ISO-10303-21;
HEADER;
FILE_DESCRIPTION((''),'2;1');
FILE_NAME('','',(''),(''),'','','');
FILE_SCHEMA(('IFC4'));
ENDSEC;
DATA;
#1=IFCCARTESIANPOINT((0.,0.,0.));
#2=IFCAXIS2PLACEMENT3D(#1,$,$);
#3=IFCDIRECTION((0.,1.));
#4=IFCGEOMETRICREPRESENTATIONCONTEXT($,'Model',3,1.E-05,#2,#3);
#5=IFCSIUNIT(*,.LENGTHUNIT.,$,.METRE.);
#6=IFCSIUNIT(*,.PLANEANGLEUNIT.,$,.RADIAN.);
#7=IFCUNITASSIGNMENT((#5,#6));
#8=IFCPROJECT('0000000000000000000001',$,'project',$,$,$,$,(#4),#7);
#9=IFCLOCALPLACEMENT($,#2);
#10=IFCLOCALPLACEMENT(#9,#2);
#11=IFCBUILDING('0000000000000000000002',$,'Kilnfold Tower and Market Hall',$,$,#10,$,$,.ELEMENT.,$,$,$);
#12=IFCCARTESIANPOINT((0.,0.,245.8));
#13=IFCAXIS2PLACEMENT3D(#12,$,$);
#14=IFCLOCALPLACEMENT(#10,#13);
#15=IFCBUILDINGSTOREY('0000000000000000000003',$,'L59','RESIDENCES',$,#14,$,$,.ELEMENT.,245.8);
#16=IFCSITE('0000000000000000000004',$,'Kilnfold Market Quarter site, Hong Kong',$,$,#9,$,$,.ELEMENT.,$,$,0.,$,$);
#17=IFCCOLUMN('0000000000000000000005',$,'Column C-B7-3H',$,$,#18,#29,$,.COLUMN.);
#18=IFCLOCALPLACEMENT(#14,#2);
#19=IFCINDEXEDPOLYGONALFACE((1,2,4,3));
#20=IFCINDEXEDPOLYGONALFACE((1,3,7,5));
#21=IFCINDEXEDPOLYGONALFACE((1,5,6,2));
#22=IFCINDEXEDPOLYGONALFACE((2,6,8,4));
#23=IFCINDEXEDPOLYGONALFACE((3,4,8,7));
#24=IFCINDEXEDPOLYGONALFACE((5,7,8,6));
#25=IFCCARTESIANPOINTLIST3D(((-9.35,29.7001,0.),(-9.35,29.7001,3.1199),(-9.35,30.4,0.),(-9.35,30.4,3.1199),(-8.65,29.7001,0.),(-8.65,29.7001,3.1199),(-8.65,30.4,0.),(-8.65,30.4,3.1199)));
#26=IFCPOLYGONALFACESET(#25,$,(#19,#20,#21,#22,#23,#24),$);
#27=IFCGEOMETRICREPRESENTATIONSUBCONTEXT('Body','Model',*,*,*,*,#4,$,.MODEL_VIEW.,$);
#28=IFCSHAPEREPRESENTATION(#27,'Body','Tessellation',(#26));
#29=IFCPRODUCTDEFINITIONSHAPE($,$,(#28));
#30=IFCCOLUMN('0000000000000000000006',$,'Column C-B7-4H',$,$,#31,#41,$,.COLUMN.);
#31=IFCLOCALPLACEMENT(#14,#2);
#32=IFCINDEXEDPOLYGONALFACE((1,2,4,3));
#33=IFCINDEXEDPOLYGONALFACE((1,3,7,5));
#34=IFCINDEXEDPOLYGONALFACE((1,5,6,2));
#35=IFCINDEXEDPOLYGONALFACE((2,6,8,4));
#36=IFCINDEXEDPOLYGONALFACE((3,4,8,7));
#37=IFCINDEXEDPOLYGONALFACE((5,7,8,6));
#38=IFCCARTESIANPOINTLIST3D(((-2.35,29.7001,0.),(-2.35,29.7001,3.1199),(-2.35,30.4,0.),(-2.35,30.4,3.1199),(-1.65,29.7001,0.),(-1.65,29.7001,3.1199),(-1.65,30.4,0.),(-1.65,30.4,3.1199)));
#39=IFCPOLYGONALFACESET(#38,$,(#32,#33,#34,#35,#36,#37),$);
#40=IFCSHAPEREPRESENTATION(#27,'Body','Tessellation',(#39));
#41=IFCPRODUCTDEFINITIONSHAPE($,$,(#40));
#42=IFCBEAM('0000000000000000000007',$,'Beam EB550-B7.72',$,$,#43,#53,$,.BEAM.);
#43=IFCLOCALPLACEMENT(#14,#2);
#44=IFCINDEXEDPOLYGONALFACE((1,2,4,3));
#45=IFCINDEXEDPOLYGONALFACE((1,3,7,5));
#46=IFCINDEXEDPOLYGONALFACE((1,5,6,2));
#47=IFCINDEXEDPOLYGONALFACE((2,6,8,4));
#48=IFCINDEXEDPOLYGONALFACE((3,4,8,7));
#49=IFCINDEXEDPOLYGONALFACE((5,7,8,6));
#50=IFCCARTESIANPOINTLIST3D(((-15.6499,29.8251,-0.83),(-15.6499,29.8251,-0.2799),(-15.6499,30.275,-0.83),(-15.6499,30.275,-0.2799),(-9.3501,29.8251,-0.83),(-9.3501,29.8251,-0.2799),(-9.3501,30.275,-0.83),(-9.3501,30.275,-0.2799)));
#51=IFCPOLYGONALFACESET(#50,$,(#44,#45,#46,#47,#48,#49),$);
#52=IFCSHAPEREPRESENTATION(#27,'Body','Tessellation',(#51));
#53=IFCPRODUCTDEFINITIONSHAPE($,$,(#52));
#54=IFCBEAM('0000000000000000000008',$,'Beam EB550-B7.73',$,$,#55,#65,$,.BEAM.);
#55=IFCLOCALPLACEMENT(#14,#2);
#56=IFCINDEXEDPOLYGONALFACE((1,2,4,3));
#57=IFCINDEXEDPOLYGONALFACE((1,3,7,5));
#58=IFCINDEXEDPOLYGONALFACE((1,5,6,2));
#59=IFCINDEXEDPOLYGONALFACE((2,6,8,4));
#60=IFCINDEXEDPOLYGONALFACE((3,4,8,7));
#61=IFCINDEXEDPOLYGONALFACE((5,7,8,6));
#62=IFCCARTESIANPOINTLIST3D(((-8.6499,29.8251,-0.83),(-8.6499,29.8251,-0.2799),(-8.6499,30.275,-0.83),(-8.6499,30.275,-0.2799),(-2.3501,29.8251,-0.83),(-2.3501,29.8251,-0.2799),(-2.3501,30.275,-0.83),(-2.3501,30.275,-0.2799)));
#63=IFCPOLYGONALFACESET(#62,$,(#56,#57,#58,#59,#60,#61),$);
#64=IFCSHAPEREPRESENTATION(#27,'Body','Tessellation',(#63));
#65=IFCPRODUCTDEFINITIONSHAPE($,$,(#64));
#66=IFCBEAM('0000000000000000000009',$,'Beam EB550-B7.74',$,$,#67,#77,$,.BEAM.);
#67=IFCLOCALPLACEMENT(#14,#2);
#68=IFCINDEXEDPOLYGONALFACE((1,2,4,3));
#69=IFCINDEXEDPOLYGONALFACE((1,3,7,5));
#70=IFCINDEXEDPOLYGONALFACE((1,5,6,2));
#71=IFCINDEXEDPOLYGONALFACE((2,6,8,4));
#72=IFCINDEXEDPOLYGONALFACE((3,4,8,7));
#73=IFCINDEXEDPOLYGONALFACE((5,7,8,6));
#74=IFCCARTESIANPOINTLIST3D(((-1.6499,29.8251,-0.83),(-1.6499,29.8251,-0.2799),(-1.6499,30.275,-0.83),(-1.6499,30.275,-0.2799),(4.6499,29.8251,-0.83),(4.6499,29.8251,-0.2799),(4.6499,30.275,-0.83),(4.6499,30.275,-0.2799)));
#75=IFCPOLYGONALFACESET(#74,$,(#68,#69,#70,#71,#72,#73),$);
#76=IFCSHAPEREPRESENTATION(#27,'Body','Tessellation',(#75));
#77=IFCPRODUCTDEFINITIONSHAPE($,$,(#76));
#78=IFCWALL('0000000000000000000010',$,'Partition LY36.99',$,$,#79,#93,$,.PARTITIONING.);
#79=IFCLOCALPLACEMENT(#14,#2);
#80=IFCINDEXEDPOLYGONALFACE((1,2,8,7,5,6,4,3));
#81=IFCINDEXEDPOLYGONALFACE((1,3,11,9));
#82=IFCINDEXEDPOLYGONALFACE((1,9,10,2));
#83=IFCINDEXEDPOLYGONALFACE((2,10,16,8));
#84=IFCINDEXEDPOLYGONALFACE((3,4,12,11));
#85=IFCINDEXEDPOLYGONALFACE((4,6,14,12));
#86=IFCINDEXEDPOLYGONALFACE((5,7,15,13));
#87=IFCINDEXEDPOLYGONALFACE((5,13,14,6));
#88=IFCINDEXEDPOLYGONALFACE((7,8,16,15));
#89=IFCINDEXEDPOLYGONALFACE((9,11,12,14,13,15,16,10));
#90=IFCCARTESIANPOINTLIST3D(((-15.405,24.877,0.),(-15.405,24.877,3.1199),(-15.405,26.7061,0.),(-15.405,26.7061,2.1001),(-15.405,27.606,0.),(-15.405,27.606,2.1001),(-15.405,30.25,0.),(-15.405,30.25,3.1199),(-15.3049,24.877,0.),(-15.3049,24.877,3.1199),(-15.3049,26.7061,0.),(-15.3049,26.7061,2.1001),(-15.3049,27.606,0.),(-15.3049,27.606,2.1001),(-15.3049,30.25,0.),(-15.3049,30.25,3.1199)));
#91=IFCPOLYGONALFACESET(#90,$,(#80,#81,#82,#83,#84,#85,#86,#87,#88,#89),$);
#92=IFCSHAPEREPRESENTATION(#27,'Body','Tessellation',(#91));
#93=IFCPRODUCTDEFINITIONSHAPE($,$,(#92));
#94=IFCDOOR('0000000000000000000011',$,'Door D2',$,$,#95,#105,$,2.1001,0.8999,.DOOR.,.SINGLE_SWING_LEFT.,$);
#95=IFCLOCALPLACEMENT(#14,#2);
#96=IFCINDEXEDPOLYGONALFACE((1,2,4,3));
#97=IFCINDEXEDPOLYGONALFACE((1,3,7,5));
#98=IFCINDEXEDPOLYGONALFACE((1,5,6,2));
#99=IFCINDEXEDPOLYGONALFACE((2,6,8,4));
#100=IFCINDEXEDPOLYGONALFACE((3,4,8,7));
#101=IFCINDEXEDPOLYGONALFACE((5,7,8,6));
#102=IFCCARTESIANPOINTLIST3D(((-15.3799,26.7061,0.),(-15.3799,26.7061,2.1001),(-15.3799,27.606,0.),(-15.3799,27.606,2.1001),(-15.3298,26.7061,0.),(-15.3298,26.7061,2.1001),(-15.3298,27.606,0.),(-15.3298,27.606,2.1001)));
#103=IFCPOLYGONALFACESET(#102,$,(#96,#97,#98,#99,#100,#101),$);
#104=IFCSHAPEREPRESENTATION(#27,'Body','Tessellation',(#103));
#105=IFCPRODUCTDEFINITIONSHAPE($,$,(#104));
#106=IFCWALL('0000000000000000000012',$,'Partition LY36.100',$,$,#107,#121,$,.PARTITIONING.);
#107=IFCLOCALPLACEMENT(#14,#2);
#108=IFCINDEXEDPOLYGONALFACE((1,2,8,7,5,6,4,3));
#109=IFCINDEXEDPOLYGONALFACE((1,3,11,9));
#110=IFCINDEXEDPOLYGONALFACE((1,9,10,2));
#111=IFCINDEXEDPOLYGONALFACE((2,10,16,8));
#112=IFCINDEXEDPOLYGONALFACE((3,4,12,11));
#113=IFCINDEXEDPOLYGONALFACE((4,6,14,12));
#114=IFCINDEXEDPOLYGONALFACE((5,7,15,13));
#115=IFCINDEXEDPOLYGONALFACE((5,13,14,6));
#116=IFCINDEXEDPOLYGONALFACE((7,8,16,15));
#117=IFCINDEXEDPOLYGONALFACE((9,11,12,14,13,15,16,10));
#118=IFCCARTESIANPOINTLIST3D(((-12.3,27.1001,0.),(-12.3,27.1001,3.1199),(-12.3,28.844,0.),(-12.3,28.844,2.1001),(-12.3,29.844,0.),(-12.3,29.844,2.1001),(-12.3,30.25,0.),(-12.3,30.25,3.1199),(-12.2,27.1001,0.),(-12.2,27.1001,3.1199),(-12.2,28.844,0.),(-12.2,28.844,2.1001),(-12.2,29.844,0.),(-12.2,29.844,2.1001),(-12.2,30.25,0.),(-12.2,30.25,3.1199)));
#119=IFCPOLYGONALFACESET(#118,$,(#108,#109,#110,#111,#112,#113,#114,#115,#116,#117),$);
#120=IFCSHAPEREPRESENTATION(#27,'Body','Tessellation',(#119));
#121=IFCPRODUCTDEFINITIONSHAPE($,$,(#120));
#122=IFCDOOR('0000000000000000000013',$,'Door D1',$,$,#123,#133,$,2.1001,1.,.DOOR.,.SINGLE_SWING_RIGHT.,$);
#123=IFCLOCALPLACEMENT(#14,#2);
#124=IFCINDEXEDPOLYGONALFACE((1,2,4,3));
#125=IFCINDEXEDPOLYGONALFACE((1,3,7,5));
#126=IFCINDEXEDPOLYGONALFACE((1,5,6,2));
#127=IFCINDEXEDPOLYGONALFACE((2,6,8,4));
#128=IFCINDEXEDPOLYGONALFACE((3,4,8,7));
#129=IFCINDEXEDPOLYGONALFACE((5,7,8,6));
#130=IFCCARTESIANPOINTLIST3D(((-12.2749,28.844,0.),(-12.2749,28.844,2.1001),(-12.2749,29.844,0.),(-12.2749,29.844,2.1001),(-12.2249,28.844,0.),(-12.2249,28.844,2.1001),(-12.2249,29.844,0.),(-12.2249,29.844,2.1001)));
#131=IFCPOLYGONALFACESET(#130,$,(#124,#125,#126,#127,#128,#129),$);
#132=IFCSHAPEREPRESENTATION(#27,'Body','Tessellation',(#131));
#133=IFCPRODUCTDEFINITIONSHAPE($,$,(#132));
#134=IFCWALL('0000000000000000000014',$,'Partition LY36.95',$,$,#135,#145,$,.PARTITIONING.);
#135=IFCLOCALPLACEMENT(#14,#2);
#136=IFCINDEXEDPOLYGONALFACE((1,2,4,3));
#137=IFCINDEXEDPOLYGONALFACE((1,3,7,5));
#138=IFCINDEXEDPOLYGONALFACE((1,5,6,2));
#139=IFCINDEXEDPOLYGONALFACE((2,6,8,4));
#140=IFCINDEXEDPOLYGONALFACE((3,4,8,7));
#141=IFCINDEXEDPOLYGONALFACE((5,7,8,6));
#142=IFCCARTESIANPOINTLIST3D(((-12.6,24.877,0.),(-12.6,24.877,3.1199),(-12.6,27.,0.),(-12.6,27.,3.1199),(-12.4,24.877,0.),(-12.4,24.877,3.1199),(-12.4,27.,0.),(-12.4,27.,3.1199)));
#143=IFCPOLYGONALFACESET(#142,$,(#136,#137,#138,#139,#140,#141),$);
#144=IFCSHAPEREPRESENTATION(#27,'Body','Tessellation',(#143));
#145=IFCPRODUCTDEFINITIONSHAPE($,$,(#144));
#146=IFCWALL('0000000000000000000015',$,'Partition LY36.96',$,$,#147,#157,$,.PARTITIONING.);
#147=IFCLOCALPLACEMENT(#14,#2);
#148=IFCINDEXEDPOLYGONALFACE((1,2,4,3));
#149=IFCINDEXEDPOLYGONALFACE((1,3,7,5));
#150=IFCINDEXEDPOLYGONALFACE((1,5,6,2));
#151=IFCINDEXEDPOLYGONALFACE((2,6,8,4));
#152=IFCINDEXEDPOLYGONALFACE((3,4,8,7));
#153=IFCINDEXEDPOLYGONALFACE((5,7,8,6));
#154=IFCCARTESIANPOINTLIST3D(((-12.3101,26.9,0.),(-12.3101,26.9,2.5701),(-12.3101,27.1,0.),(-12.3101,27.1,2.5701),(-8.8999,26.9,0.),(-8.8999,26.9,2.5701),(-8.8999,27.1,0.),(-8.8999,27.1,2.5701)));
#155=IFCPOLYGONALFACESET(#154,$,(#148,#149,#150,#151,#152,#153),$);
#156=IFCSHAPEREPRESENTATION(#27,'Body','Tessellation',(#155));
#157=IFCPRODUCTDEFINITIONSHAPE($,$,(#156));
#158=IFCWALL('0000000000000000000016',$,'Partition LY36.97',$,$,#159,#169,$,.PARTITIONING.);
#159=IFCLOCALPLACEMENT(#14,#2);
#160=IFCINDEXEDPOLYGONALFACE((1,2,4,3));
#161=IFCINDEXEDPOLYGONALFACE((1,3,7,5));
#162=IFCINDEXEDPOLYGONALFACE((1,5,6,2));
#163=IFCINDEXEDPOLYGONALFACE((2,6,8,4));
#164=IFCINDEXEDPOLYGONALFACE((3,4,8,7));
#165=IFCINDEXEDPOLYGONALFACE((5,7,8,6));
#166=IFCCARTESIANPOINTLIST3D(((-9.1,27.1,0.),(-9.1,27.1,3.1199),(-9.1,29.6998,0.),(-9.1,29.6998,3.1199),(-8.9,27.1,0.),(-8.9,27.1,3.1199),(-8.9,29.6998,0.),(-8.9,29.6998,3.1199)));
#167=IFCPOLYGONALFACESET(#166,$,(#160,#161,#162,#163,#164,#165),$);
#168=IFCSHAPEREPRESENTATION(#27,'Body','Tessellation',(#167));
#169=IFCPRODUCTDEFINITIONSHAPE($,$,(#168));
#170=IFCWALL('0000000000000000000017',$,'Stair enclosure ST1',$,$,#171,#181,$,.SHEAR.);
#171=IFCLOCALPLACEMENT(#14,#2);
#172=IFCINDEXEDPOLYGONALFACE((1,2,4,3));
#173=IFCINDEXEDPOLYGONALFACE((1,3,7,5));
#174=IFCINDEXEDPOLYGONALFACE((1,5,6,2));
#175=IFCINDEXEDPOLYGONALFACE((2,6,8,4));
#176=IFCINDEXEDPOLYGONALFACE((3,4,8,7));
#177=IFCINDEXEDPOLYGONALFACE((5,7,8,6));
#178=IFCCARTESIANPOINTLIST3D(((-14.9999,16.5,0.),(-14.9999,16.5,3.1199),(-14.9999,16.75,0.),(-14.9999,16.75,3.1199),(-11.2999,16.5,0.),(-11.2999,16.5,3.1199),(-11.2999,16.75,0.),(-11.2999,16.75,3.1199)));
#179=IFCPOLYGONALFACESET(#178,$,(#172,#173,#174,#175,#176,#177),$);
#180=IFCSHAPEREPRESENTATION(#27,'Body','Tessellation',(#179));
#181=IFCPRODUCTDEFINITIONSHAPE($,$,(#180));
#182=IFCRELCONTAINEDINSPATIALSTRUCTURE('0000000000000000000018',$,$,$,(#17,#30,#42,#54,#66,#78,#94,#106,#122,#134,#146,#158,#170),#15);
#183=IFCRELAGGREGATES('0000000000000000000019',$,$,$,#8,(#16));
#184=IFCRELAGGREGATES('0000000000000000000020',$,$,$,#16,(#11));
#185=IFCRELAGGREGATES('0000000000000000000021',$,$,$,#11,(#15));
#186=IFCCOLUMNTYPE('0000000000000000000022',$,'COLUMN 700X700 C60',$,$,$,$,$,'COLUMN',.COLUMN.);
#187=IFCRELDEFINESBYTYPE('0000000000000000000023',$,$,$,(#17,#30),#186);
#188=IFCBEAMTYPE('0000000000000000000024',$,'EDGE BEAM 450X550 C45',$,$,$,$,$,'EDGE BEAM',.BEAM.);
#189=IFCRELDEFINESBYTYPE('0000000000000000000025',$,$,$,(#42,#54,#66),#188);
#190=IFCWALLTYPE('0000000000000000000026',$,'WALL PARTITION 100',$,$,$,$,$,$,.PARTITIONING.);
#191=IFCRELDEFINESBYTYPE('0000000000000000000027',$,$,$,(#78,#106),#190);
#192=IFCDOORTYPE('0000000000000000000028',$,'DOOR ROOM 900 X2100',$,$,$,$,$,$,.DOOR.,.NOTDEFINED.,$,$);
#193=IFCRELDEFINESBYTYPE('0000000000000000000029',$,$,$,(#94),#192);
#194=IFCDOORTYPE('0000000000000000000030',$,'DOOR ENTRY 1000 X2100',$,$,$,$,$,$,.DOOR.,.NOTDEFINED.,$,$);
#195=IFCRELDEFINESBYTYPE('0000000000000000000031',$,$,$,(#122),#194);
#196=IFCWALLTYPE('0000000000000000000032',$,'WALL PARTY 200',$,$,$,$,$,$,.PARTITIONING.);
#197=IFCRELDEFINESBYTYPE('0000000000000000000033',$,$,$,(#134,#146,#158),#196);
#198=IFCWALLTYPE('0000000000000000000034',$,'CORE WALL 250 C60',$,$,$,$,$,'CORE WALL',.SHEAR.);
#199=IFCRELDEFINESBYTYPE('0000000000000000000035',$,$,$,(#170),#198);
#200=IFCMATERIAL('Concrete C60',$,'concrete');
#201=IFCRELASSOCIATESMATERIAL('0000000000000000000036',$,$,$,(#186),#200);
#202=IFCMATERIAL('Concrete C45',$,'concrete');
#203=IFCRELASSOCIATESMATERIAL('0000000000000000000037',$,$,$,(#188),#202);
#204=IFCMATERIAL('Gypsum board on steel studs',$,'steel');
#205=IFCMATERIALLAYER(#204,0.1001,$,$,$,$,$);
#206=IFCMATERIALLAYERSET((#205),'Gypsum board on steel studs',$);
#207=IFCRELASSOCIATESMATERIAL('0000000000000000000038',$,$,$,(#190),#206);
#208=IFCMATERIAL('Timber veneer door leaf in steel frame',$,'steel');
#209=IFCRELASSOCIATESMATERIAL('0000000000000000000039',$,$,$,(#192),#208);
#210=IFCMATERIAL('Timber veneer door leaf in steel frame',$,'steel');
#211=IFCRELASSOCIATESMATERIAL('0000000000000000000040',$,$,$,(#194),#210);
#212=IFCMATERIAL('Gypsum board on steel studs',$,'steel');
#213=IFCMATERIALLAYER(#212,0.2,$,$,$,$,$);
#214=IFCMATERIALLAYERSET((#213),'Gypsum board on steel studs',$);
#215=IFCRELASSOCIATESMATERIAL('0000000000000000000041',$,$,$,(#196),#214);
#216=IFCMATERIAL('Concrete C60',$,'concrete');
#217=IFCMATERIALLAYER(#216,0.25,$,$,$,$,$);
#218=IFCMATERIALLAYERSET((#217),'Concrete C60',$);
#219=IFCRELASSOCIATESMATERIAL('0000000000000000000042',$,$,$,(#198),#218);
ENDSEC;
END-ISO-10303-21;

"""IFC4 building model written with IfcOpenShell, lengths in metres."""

from ifc_helpers import new_model, si_unit, direction, frame, frame_2d, origin, origin_2d, place, context, subcontext, project, spatial, rectangle, extrude, source, transform, mapped, material, layer, layer_set, material_profile, profile_set, type_object, element, fill, save


model = new_model("IFC4")

# Units and contexts
model_context = context("Model", 3, precision=1e-05, world=origin(), true_north=direction((0.0, 1.0)))
body_context = subcontext(model_context, "Body", "Model", "MODEL_VIEW")
ifc_project = project(units=[si_unit("LENGTHUNIT", "METRE"), si_unit("PLANEANGLEUNIT", "RADIAN")], contexts=[model_context])

# Site, building, storey
site_placement = place(None, origin())
site = spatial("IfcSite", under=ifc_project, at=site_placement, Name="Kilnfold Market Quarter site, Hong Kong", CompositionType="ELEMENT", RefElevation=0.0)
building_placement = place(site_placement, origin())
building = spatial("IfcBuilding", under=site, at=building_placement, Name="Kilnfold Tower and Market Hall", CompositionType="ELEMENT")
storey_placement = place(building_placement, frame((0.0, 0.0, 245.8)))
storey = spatial("IfcBuildingStorey", under=building, at=storey_placement, Name="L59", Description="RESIDENCES", CompositionType="ELEMENT", Elevation=245.8)

# Columns
ifc_material_1 = material(Name="Concrete C60", Category="concrete")
ifc_material_profile_1 = material_profile(ifc_material_1, rectangle(XDim=0.7, YDim=0.7, at=origin_2d()), Name="RC 700x700")
ifc_profile_set_1 = profile_set([ifc_material_profile_1], Name="Concrete C60")
column_type = type_object("IfcColumnType", Name="COLUMN 700X700 C60", ElementType="COLUMN", PredefinedType="COLUMN", material=ifc_profile_set_1)
shared_shape_1 = source(origin(), body_context, "Body", "SweptSolid", [
    extrude(rectangle(XDim=0.7, YDim=0.7, at=origin_2d()), origin(), (0.0, 0.0, 1.0), 3.1199),
])
for number, where, z_axis, x_axis, name in (
    (1, (-9.0, 30.05, 0.0), (0.0, 0.0, 1.0), (1.0, 0.0, 0.0), "Column C-B7-3H"),
    (2, (-2.0, 30.05, 0.0), (0.0, 0.0, 1.0), (1.0, 0.0, 0.0), "Column C-B7-4H"),
):
    element("IfcColumn", number, at=place(storey_placement, frame(where, z_axis=z_axis, x_axis=x_axis)), inside=storey, type_object=column_type, Name=name, PredefinedType="COLUMN", context=body_context, shape_type="MappedRepresentation", body=[
        mapped(shared_shape_1, transform((0.0, 0.0, 0.0))),
    ])

# Beams
ifc_material_2 = material(Name="Concrete C45", Category="concrete")
ifc_material_profile_2 = material_profile(ifc_material_2, rectangle(XDim=0.45, YDim=0.55, at=origin_2d()), Name="RC 450x550")
ifc_profile_set_2 = profile_set([ifc_material_profile_2], Name="Concrete C45")
beam_type = type_object("IfcBeamType", Name="EDGE BEAM 450X550 C45", ElementType="EDGE BEAM", PredefinedType="BEAM", material=ifc_profile_set_2)
shared_shape_2 = source(origin(), body_context, "Body", "SweptSolid", [
    extrude(rectangle(XDim=0.45, YDim=0.55, at=origin_2d()), origin(), (0.0, 0.0, 1.0), 6.2998),
])
for number, where, z_axis, x_axis, name in (
    (3, (-15.6499, 30.05, -0.5549), (1.0, 0.0, 0.0), (0.0, 1.0, 0.0), "Beam EB550-B7.72"),
    (4, (-8.6499, 30.05, -0.5549), (1.0, 0.0, 0.0), (0.0, 1.0, 0.0), "Beam EB550-B7.73"),
    (5, (-1.6499, 30.05, -0.5549), (1.0, 0.0, 0.0), (0.0, 1.0, 0.0), "Beam EB550-B7.74"),
):
    element("IfcBeam", number, at=place(storey_placement, frame(where, z_axis=z_axis, x_axis=x_axis)), inside=storey, type_object=beam_type, Name=name, PredefinedType="BEAM", context=body_context, shape_type="MappedRepresentation", body=[
        mapped(shared_shape_2, transform((0.0, 0.0, 0.0))),
    ])

# Walls, openings, doors
ifc_material_3 = material(Name="Gypsum board on steel studs", Category="steel")
ifc_layer_1 = layer(ifc_material_3, 0.1001)
ifc_layer_set_1 = layer_set([ifc_layer_1], Name="Gypsum board on steel studs")
wall_type_1 = type_object("IfcWallType", Name="WALL PARTITION 100", PredefinedType="PARTITIONING", material=ifc_layer_set_1)
wall_1_placement = place(storey_placement, frame((-15.355, 24.877, 0.0), z_axis=(0.0, 0.0, 1.0), x_axis=(0.0, 1.0, 0.0)))
wall_1 = element("IfcWall", 6, at=wall_1_placement, inside=storey, type_object=wall_type_1, Name="Partition LY36.99", PredefinedType="PARTITIONING", context=body_context, shape_type="SweptSolid", body=[
    extrude(rectangle(XDim=5.373, YDim=0.1001, at=frame_2d((2.6865, 0.0))), origin(), (0.0, 0.0, 1.0), 3.1199),
])
opening_1_placement = place(wall_1_placement, frame((1.8291, 0.0, 0.0)))
opening_1 = element("IfcOpeningElement", 7, at=opening_1_placement, cuts=wall_1, PredefinedType="OPENING", context=body_context, shape_type="SweptSolid", body=[
    extrude(rectangle(XDim=0.8999, YDim=2.1001, at=frame_2d((0.45, 1.05))), frame((0.0, 0.0601, 0.0), z_axis=(0.0, -1.0, 0.0), x_axis=(1.0, 0.0, 0.0)), (0.0, 0.0, 1.0), 0.1201),
])
ifc_material_4 = material(Name="Timber veneer door leaf in steel frame", Category="steel")
door_type_1 = type_object("IfcDoorType", Name="DOOR ROOM 900 X2100", OperationType="NOTDEFINED", PredefinedType="DOOR", material=ifc_material_4)
door_1_placement = place(opening_1_placement, origin())
door_1 = element("IfcDoor", 8, at=door_1_placement, inside=storey, type_object=door_type_1, Name="Door D2", OperationType="SINGLE_SWING_LEFT", OverallHeight=2.1001, OverallWidth=0.8999, PredefinedType="DOOR", context=body_context, shape_type="SweptSolid", body=[
    extrude(rectangle(XDim=0.8999, YDim=2.1001, at=frame_2d((0.45, 1.05))), frame((0.0, 0.0249, 0.0), z_axis=(0.0, -1.0, 0.0), x_axis=(1.0, 0.0, 0.0)), (0.0, 0.0, 1.0), 0.05),
])
fill(opening_1, door_1)
wall_2_placement = place(storey_placement, frame((-12.25, 27.1001, 0.0), z_axis=(0.0, 0.0, 1.0), x_axis=(0.0, 1.0, 0.0)))
wall_2 = element("IfcWall", 9, at=wall_2_placement, inside=storey, type_object=wall_type_1, Name="Partition LY36.100", PredefinedType="PARTITIONING", context=body_context, shape_type="SweptSolid", body=[
    extrude(rectangle(XDim=3.1499, YDim=0.1001, at=frame_2d((1.575, 0.0))), origin(), (0.0, 0.0, 1.0), 3.1199),
])
opening_2_placement = place(wall_2_placement, frame((1.7439, 0.0, 0.0)))
opening_2 = element("IfcOpeningElement", 10, at=opening_2_placement, cuts=wall_2, PredefinedType="OPENING", context=body_context, shape_type="SweptSolid", body=[
    extrude(rectangle(XDim=1.0, YDim=2.1001, at=frame_2d((0.5, 1.05))), frame((0.0, 0.0601, 0.0), z_axis=(0.0, -1.0, 0.0), x_axis=(1.0, 0.0, 0.0)), (0.0, 0.0, 1.0), 0.1201),
])
ifc_material_5 = material(Name="Timber veneer door leaf in steel frame", Category="steel")
door_type_2 = type_object("IfcDoorType", Name="DOOR ENTRY 1000 X2100", OperationType="NOTDEFINED", PredefinedType="DOOR", material=ifc_material_5)
door_2_placement = place(opening_2_placement, origin())
door_2 = element("IfcDoor", 11, at=door_2_placement, inside=storey, type_object=door_type_2, Name="Door D1", OperationType="SINGLE_SWING_RIGHT", OverallHeight=2.1001, OverallWidth=1.0, PredefinedType="DOOR", context=body_context, shape_type="SweptSolid", body=[
    extrude(rectangle(XDim=1.0, YDim=2.1001, at=frame_2d((0.5, 1.05))), frame((0.0, 0.0249, 0.0), z_axis=(0.0, -1.0, 0.0), x_axis=(1.0, 0.0, 0.0)), (0.0, 0.0, 1.0), 0.05),
])
fill(opening_2, door_2)

# Walls
ifc_material_6 = material(Name="Gypsum board on steel studs", Category="steel")
ifc_layer_2 = layer(ifc_material_6, 0.2)
ifc_layer_set_2 = layer_set([ifc_layer_2], Name="Gypsum board on steel studs")
wall_type_2 = type_object("IfcWallType", Name="WALL PARTY 200", PredefinedType="PARTITIONING", material=ifc_layer_set_2)
wall_3_placement = place(storey_placement, frame((-12.5, 27.0, 0.0), z_axis=(0.0, 0.0, 1.0), x_axis=(0.0, -1.0, 0.0)))
element("IfcWall", 12, at=wall_3_placement, inside=storey, type_object=wall_type_2, Name="Partition LY36.95", PredefinedType="PARTITIONING", context=body_context, shape_type="SweptSolid", body=[
    extrude(rectangle(XDim=2.123, YDim=0.2, at=frame_2d((1.0615, 0.0))), origin(), (0.0, 0.0, 1.0), 3.1199),
])
wall_4_placement = place(storey_placement, frame((-8.8999, 27.0, 0.0), z_axis=(0.0, 0.0, 1.0), x_axis=(-1.0, 0.0, 0.0)))
element("IfcWall", 13, at=wall_4_placement, inside=storey, type_object=wall_type_2, Name="Partition LY36.96", PredefinedType="PARTITIONING", context=body_context, shape_type="SweptSolid", body=[
    extrude(rectangle(XDim=3.4102, YDim=0.2, at=frame_2d((1.7051, 0.0))), origin(), (0.0, 0.0, 1.0), 2.5701),
])
wall_5_placement = place(storey_placement, frame((-9.0, 27.1001, 0.0), z_axis=(0.0, 0.0, 1.0), x_axis=(0.0, 1.0, 0.0)))
element("IfcWall", 14, at=wall_5_placement, inside=storey, type_object=wall_type_2, Name="Partition LY36.97", PredefinedType="PARTITIONING", context=body_context, shape_type="SweptSolid", body=[
    extrude(rectangle(XDim=2.5999, YDim=0.2, at=frame_2d((1.2998, 0.0))), origin(), (0.0, 0.0, 1.0), 3.1199),
])
ifc_material_7 = material(Name="Concrete C60", Category="concrete")
ifc_layer_3 = layer(ifc_material_7, 0.25)
ifc_layer_set_3 = layer_set([ifc_layer_3], Name="Concrete C60")
wall_type_3 = type_object("IfcWallType", Name="CORE WALL 250 C60", ElementType="CORE WALL", PredefinedType="SHEAR", material=ifc_layer_set_3)
shared_shape_3 = source(origin(), body_context, "Body", "SweptSolid", [
    extrude(rectangle(XDim=3.7, YDim=0.25, at=frame_2d((1.8501, 0.0))), origin(), (0.0, 0.0, 1.0), 3.1199),
])
wall_6_placement = place(storey_placement, frame((-15.0, 16.625, 0.0), z_axis=(0.0, 0.0, 1.0), x_axis=(1.0, 0.0, 0.0)))
element("IfcWall", 15, at=wall_6_placement, inside=storey, type_object=wall_type_3, Name="Stair enclosure ST1", PredefinedType="SHEAR", context=body_context, shape_type="MappedRepresentation", body=[
    mapped(shared_shape_3, transform((0.0, 0.0, 0.0))),
])

save(model, "model.ifc")
